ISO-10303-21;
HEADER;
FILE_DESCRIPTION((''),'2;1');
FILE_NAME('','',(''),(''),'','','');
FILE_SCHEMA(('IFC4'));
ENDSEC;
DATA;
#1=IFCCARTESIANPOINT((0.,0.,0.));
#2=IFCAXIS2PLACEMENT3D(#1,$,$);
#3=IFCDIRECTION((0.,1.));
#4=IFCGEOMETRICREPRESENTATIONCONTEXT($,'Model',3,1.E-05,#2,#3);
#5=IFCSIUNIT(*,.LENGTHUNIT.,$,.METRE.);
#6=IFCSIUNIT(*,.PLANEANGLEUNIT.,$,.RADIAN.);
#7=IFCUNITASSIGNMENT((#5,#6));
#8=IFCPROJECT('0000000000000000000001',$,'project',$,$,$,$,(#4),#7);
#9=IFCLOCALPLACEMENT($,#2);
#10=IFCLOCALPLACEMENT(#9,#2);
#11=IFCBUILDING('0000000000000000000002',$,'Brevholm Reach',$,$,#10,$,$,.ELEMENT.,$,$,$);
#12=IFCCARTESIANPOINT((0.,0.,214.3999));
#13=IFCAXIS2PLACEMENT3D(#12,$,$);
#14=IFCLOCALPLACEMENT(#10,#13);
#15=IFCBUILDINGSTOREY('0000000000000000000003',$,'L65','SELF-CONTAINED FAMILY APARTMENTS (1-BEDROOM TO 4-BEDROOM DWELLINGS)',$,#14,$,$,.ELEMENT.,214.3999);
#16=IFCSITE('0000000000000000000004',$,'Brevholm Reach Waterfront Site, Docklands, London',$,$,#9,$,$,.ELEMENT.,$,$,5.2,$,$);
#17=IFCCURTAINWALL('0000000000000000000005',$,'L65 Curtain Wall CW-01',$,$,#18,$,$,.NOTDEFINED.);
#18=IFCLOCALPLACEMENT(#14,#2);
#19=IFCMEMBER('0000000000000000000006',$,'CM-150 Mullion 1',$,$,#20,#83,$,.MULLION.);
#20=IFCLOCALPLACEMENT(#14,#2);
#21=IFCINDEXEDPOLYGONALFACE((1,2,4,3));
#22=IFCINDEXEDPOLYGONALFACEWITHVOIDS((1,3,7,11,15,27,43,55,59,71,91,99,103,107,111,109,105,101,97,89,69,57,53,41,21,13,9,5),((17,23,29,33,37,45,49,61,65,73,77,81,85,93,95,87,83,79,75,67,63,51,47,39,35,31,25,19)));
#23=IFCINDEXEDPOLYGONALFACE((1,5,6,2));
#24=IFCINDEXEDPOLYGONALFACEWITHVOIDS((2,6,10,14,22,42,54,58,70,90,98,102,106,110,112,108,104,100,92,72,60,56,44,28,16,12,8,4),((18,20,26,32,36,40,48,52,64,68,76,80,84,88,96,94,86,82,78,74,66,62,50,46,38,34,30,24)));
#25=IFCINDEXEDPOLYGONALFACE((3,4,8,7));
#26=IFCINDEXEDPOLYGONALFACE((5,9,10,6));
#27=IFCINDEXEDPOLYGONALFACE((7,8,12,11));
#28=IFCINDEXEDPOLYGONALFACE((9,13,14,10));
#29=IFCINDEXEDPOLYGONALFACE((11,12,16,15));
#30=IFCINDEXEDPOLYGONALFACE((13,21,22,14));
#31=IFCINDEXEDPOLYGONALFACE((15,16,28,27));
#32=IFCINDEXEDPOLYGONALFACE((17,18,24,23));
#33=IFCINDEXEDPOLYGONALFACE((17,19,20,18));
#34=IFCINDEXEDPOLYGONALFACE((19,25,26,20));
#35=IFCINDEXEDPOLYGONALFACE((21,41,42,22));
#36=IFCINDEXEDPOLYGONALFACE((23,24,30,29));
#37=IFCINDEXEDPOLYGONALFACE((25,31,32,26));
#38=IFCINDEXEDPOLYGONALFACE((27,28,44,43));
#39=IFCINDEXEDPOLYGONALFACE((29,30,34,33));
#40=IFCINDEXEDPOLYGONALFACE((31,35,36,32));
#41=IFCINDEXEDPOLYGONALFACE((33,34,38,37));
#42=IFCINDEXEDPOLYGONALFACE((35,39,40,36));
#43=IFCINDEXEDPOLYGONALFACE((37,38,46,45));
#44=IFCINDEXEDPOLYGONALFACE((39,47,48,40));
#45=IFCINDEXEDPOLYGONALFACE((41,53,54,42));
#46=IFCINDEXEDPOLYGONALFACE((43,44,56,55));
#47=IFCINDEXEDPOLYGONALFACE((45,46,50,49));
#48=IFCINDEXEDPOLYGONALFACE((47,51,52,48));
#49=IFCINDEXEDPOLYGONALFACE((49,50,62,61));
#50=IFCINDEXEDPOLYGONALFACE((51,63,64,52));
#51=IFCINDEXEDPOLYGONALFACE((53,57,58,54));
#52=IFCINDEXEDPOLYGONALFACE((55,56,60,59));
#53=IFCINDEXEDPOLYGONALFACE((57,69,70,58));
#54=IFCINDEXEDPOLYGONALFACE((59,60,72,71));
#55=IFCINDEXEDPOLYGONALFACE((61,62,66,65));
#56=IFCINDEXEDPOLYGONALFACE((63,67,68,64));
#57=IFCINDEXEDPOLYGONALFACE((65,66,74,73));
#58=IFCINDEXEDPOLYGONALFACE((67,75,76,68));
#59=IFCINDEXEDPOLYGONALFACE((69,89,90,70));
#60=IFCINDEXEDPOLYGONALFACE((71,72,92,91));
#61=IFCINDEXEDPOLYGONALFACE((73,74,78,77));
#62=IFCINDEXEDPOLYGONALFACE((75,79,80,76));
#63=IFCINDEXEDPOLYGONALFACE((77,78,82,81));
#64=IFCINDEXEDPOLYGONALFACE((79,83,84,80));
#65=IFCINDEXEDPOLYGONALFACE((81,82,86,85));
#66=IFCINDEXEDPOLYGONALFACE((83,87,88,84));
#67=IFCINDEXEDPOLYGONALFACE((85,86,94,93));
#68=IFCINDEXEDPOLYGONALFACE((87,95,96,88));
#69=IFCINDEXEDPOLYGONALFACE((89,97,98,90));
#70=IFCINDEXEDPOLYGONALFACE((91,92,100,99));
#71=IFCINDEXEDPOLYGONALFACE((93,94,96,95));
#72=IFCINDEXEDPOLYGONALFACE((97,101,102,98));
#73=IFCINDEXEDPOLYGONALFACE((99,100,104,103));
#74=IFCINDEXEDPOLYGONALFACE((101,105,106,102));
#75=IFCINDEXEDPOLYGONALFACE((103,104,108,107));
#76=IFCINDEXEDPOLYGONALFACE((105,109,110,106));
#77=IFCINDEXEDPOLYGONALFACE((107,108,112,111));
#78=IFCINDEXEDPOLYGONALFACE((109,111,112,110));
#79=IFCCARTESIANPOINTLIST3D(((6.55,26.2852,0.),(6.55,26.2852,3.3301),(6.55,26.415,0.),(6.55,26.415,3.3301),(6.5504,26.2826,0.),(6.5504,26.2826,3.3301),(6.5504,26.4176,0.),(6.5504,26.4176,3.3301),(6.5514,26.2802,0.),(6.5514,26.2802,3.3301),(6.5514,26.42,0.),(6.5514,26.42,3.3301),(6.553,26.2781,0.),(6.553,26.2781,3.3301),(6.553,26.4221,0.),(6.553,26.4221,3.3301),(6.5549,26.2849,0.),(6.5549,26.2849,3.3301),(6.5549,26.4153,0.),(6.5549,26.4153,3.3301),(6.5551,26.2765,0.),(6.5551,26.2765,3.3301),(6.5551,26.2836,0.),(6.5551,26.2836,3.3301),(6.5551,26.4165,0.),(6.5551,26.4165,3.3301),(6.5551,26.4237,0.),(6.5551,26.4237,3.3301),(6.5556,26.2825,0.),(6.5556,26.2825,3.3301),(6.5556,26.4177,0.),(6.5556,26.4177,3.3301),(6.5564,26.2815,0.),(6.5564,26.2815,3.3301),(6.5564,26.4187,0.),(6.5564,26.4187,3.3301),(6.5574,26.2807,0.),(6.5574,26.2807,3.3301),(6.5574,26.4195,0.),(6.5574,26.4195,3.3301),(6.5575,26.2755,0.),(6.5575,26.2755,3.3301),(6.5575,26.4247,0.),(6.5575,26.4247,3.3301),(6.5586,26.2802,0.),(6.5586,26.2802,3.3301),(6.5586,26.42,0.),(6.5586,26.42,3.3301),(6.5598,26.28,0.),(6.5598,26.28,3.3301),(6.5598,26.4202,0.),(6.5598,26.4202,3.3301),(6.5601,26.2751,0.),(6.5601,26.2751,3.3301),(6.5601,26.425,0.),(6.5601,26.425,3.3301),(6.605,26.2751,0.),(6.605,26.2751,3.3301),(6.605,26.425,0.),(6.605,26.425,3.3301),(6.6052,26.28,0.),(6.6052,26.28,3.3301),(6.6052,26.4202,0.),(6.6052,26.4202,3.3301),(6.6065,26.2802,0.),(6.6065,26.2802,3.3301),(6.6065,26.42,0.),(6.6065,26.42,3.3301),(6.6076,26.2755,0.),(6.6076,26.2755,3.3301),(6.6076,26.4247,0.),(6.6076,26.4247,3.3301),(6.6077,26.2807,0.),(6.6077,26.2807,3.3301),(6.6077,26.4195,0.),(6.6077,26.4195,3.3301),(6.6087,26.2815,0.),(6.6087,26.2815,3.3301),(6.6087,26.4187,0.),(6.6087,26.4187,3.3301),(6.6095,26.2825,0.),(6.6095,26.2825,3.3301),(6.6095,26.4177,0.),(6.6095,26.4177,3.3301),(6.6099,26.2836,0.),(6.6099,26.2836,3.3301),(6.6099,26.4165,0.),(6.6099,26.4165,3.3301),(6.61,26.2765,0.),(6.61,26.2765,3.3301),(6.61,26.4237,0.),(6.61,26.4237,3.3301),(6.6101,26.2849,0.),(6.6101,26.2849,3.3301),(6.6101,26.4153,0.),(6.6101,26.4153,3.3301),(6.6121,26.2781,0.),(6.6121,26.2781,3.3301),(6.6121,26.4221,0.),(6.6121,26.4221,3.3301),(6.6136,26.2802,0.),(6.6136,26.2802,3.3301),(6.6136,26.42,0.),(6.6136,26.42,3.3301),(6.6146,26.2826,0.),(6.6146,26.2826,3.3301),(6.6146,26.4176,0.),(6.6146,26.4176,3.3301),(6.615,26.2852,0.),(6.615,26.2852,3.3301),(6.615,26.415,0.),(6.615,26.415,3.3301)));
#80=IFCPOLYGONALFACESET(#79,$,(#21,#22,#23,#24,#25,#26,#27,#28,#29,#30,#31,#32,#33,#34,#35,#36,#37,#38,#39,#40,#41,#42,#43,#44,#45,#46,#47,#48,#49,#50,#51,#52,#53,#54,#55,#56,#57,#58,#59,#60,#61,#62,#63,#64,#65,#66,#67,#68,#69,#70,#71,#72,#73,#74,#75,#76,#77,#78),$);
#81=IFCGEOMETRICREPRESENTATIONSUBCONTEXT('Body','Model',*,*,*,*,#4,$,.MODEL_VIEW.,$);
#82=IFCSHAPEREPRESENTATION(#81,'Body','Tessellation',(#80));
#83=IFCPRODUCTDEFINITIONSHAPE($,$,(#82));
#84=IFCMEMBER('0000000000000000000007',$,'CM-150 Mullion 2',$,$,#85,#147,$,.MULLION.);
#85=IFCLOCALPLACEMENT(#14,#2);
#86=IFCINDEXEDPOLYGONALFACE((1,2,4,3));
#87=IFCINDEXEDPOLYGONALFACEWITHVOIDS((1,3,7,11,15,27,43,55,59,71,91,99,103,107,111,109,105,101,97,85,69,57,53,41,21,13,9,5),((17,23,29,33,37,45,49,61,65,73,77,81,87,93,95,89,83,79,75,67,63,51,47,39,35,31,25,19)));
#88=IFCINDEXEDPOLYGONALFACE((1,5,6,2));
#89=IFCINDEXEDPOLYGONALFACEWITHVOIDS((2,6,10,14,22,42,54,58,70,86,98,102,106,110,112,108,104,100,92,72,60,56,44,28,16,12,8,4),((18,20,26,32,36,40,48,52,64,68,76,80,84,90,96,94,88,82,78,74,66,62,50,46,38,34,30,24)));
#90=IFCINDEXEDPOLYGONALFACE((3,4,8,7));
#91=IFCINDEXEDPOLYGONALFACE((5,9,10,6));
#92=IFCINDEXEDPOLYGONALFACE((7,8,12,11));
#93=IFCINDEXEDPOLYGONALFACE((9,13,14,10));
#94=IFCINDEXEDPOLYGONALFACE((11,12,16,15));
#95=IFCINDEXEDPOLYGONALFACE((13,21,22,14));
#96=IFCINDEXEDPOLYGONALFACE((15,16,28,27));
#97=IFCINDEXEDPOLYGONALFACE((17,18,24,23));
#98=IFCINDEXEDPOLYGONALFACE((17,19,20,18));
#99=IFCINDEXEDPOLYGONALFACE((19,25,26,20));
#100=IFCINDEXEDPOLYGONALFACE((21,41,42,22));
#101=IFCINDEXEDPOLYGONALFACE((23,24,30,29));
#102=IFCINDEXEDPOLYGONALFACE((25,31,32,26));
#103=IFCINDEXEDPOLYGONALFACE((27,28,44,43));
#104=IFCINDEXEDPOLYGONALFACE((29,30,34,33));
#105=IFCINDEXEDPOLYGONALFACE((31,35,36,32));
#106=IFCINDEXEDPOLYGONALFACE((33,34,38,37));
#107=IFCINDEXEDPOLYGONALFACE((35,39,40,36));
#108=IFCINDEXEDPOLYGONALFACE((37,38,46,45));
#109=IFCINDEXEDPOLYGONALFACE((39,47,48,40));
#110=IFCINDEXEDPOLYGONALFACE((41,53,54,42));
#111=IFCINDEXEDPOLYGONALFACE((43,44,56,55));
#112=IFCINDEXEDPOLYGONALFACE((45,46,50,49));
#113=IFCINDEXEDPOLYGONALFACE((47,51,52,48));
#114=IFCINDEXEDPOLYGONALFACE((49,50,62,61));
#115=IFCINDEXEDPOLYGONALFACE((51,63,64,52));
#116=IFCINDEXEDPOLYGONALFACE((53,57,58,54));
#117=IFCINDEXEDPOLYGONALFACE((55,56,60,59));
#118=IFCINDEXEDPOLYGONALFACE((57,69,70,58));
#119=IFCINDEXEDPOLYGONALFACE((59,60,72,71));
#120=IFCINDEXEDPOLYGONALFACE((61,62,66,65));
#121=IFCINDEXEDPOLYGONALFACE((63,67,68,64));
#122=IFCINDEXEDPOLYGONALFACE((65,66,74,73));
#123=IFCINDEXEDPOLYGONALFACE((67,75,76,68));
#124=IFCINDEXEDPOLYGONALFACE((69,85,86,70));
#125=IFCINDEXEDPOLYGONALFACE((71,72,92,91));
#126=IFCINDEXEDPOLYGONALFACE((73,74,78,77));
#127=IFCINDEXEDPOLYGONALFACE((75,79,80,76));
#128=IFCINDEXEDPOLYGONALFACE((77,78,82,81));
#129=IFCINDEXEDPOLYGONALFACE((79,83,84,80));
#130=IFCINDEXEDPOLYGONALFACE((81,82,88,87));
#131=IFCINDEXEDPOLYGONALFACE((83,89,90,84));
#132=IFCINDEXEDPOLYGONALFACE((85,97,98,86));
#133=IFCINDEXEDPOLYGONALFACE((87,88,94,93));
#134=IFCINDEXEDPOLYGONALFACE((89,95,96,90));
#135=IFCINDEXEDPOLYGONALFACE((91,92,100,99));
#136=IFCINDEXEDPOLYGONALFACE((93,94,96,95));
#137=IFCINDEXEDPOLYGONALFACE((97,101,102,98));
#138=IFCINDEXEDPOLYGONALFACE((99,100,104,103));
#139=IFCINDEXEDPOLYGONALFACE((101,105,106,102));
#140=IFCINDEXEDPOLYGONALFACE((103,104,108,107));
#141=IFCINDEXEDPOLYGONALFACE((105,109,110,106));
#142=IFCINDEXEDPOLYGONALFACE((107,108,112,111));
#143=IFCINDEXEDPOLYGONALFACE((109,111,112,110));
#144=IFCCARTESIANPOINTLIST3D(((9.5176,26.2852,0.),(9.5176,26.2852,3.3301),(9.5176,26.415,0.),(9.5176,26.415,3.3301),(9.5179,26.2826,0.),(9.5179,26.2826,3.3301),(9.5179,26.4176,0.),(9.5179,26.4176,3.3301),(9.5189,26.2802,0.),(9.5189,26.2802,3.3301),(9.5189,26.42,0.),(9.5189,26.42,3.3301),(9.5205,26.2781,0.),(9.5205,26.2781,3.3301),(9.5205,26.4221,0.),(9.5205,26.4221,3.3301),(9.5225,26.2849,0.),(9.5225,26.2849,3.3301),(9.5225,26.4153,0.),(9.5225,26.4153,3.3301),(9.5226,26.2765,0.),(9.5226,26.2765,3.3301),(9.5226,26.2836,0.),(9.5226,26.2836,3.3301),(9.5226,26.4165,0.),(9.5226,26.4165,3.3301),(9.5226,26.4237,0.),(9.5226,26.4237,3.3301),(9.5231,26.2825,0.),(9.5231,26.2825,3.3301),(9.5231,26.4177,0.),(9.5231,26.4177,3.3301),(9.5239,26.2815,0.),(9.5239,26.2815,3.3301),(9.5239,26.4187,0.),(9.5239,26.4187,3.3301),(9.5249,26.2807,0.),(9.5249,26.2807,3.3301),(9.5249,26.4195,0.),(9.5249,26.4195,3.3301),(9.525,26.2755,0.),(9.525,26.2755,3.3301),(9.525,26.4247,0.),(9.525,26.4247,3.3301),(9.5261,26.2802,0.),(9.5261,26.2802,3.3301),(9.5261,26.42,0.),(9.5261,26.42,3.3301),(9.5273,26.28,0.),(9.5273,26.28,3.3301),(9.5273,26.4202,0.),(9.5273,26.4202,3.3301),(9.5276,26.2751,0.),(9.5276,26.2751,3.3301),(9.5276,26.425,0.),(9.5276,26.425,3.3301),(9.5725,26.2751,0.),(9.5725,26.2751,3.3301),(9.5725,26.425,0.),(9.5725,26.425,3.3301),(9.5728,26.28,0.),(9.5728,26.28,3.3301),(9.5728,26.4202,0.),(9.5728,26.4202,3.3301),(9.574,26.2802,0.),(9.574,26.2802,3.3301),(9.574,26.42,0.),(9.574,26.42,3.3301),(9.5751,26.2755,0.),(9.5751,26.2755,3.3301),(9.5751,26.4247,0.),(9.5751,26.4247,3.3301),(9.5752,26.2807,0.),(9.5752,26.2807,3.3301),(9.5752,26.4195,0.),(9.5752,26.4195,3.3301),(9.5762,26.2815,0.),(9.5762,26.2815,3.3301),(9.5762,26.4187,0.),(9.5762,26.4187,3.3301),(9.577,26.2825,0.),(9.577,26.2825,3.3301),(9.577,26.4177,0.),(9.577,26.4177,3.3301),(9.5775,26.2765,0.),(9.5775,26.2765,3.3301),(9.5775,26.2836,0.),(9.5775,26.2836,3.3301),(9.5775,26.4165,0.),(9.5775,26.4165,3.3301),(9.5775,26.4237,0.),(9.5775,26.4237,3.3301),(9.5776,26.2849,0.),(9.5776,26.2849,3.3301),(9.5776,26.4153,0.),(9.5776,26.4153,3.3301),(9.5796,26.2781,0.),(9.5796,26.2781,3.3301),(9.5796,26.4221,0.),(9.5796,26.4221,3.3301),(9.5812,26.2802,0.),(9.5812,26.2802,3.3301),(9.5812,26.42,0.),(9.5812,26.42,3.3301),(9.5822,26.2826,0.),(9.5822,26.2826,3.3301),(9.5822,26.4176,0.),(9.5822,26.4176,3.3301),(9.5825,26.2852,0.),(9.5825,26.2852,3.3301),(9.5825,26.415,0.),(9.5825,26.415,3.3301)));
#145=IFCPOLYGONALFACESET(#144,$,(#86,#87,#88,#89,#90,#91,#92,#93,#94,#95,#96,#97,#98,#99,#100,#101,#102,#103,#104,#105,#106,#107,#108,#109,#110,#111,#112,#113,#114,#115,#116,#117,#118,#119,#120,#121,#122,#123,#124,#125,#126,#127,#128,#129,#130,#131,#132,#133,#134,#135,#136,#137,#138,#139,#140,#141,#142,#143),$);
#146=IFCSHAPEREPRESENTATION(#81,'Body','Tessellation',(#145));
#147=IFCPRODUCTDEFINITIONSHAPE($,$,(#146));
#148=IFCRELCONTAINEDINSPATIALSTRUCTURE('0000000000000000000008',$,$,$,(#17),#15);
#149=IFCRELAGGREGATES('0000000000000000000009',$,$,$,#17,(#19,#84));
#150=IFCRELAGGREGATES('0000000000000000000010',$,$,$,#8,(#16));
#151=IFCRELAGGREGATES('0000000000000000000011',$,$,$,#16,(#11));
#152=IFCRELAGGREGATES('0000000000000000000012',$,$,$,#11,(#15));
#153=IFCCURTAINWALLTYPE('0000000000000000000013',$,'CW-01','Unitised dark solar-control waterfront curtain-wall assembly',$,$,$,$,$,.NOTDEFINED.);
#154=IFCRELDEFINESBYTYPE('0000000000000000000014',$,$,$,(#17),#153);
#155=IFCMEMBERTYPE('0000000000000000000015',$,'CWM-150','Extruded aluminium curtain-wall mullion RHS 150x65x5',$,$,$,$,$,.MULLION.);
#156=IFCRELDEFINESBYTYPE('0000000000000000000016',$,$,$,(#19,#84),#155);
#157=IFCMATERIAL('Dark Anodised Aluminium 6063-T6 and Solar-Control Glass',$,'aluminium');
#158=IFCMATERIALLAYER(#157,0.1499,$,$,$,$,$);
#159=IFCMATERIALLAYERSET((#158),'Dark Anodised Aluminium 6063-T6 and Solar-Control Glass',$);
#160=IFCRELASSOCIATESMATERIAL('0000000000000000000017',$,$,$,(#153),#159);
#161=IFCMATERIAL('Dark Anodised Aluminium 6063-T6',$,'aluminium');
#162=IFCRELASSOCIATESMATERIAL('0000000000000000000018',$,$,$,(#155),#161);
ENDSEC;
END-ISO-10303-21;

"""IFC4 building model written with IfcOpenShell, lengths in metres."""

from ifc_helpers import new_model, si_unit, direction, frame, origin, origin_2d, place, context, subcontext, project, spatial, hollow_rectangle, extrude, material, layer, layer_set, material_profile, profile_set, type_object, element, aggregate, save


model = new_model("IFC4")

# Units and contexts
model_context = context("Model", 3, precision=1e-05, world=origin(), true_north=direction((0.0, 1.0)))
body_context = subcontext(model_context, "Body", "Model", "MODEL_VIEW")
ifc_project = project(units=[si_unit("LENGTHUNIT", "METRE"), si_unit("PLANEANGLEUNIT", "RADIAN")], contexts=[model_context])

# Site, building, storey
site_placement = place(None, origin())
site = spatial("IfcSite", under=ifc_project, at=site_placement, Name="Brevholm Reach Waterfront Site, Docklands, London", CompositionType="ELEMENT", RefElevation=5.2)
building_placement = place(site_placement, origin())
building = spatial("IfcBuilding", under=site, at=building_placement, Name="Brevholm Reach", CompositionType="ELEMENT")
storey_placement = place(building_placement, frame((0.0, 0.0, 214.3999)))
storey = spatial("IfcBuildingStorey", under=building, at=storey_placement, Name="L65", Description="SELF-CONTAINED FAMILY APARTMENTS (1-BEDROOM TO 4-BEDROOM DWELLINGS)", CompositionType="ELEMENT", Elevation=214.3999)

# Curtain wall, members
ifc_material_1 = material(Name="Dark Anodised Aluminium 6063-T6 and Solar-Control Glass", Category="aluminium")
ifc_layer_1 = layer(ifc_material_1, 0.1499)
ifc_layer_set_1 = layer_set([ifc_layer_1], Name="Dark Anodised Aluminium 6063-T6 and Solar-Control Glass")
curtain_wall_type = type_object("IfcCurtainWallType", Name="CW-01", Description="Unitised dark solar-control waterfront curtain-wall assembly", PredefinedType="NOTDEFINED", material=ifc_layer_set_1)
ifc_material_2 = material(Name="Dark Anodised Aluminium 6063-T6", Category="aluminium")
ifc_material_profile_1 = material_profile(ifc_material_2, hollow_rectangle(XDim=0.0649, YDim=0.1499, WallThickness=0.0049, InnerFilletRadius=0.0049, OuterFilletRadius=0.01, at=origin_2d()), Name="RHS 150x65x5")
ifc_profile_set_1 = profile_set([ifc_material_profile_1], Name="Dark Anodised Aluminium 6063-T6")
member_type_1 = type_object("IfcMemberType", Name="CWM-150", Description="Extruded aluminium curtain-wall mullion RHS 150x65x5", PredefinedType="MULLION", material=ifc_profile_set_1)
curtain_wall_1_placement = place(storey_placement, origin())
curtain_wall_1 = element("IfcCurtainWall", 1, at=curtain_wall_1_placement, inside=storey, type_object=curtain_wall_type, Name="L65 Curtain Wall CW-01", PredefinedType="NOTDEFINED")
member_1_placement = place(storey_placement, frame((6.5825, 26.3501, 0.0), z_axis=(0.0, 0.0, 1.0), x_axis=(1.0, 0.0, 0.0)))
member_1 = element("IfcMember", 2, at=member_1_placement, type_object=member_type_1, Name="CM-150 Mullion 1", PredefinedType="MULLION", context=body_context, shape_type="SweptSolid", body=[
    extrude(hollow_rectangle(XDim=0.0649, YDim=0.1499, WallThickness=0.0049, InnerFilletRadius=0.0049, OuterFilletRadius=0.01, at=origin_2d()), origin(), (0.0, 0.0, 1.0), 3.3301),
])
member_2_placement = place(storey_placement, frame((9.55, 26.3501, 0.0), z_axis=(0.0, 0.0, 1.0), x_axis=(1.0, 0.0, 0.0)))
member_2 = element("IfcMember", 3, at=member_2_placement, type_object=member_type_1, Name="CM-150 Mullion 2", PredefinedType="MULLION", context=body_context, shape_type="SweptSolid", body=[
    extrude(hollow_rectangle(XDim=0.0649, YDim=0.1499, WallThickness=0.0049, InnerFilletRadius=0.0049, OuterFilletRadius=0.01, at=origin_2d()), origin(), (0.0, 0.0, 1.0), 3.3301),
])

aggregate(curtain_wall_1, [member_1, member_2])

save(model, "model.ifc")
